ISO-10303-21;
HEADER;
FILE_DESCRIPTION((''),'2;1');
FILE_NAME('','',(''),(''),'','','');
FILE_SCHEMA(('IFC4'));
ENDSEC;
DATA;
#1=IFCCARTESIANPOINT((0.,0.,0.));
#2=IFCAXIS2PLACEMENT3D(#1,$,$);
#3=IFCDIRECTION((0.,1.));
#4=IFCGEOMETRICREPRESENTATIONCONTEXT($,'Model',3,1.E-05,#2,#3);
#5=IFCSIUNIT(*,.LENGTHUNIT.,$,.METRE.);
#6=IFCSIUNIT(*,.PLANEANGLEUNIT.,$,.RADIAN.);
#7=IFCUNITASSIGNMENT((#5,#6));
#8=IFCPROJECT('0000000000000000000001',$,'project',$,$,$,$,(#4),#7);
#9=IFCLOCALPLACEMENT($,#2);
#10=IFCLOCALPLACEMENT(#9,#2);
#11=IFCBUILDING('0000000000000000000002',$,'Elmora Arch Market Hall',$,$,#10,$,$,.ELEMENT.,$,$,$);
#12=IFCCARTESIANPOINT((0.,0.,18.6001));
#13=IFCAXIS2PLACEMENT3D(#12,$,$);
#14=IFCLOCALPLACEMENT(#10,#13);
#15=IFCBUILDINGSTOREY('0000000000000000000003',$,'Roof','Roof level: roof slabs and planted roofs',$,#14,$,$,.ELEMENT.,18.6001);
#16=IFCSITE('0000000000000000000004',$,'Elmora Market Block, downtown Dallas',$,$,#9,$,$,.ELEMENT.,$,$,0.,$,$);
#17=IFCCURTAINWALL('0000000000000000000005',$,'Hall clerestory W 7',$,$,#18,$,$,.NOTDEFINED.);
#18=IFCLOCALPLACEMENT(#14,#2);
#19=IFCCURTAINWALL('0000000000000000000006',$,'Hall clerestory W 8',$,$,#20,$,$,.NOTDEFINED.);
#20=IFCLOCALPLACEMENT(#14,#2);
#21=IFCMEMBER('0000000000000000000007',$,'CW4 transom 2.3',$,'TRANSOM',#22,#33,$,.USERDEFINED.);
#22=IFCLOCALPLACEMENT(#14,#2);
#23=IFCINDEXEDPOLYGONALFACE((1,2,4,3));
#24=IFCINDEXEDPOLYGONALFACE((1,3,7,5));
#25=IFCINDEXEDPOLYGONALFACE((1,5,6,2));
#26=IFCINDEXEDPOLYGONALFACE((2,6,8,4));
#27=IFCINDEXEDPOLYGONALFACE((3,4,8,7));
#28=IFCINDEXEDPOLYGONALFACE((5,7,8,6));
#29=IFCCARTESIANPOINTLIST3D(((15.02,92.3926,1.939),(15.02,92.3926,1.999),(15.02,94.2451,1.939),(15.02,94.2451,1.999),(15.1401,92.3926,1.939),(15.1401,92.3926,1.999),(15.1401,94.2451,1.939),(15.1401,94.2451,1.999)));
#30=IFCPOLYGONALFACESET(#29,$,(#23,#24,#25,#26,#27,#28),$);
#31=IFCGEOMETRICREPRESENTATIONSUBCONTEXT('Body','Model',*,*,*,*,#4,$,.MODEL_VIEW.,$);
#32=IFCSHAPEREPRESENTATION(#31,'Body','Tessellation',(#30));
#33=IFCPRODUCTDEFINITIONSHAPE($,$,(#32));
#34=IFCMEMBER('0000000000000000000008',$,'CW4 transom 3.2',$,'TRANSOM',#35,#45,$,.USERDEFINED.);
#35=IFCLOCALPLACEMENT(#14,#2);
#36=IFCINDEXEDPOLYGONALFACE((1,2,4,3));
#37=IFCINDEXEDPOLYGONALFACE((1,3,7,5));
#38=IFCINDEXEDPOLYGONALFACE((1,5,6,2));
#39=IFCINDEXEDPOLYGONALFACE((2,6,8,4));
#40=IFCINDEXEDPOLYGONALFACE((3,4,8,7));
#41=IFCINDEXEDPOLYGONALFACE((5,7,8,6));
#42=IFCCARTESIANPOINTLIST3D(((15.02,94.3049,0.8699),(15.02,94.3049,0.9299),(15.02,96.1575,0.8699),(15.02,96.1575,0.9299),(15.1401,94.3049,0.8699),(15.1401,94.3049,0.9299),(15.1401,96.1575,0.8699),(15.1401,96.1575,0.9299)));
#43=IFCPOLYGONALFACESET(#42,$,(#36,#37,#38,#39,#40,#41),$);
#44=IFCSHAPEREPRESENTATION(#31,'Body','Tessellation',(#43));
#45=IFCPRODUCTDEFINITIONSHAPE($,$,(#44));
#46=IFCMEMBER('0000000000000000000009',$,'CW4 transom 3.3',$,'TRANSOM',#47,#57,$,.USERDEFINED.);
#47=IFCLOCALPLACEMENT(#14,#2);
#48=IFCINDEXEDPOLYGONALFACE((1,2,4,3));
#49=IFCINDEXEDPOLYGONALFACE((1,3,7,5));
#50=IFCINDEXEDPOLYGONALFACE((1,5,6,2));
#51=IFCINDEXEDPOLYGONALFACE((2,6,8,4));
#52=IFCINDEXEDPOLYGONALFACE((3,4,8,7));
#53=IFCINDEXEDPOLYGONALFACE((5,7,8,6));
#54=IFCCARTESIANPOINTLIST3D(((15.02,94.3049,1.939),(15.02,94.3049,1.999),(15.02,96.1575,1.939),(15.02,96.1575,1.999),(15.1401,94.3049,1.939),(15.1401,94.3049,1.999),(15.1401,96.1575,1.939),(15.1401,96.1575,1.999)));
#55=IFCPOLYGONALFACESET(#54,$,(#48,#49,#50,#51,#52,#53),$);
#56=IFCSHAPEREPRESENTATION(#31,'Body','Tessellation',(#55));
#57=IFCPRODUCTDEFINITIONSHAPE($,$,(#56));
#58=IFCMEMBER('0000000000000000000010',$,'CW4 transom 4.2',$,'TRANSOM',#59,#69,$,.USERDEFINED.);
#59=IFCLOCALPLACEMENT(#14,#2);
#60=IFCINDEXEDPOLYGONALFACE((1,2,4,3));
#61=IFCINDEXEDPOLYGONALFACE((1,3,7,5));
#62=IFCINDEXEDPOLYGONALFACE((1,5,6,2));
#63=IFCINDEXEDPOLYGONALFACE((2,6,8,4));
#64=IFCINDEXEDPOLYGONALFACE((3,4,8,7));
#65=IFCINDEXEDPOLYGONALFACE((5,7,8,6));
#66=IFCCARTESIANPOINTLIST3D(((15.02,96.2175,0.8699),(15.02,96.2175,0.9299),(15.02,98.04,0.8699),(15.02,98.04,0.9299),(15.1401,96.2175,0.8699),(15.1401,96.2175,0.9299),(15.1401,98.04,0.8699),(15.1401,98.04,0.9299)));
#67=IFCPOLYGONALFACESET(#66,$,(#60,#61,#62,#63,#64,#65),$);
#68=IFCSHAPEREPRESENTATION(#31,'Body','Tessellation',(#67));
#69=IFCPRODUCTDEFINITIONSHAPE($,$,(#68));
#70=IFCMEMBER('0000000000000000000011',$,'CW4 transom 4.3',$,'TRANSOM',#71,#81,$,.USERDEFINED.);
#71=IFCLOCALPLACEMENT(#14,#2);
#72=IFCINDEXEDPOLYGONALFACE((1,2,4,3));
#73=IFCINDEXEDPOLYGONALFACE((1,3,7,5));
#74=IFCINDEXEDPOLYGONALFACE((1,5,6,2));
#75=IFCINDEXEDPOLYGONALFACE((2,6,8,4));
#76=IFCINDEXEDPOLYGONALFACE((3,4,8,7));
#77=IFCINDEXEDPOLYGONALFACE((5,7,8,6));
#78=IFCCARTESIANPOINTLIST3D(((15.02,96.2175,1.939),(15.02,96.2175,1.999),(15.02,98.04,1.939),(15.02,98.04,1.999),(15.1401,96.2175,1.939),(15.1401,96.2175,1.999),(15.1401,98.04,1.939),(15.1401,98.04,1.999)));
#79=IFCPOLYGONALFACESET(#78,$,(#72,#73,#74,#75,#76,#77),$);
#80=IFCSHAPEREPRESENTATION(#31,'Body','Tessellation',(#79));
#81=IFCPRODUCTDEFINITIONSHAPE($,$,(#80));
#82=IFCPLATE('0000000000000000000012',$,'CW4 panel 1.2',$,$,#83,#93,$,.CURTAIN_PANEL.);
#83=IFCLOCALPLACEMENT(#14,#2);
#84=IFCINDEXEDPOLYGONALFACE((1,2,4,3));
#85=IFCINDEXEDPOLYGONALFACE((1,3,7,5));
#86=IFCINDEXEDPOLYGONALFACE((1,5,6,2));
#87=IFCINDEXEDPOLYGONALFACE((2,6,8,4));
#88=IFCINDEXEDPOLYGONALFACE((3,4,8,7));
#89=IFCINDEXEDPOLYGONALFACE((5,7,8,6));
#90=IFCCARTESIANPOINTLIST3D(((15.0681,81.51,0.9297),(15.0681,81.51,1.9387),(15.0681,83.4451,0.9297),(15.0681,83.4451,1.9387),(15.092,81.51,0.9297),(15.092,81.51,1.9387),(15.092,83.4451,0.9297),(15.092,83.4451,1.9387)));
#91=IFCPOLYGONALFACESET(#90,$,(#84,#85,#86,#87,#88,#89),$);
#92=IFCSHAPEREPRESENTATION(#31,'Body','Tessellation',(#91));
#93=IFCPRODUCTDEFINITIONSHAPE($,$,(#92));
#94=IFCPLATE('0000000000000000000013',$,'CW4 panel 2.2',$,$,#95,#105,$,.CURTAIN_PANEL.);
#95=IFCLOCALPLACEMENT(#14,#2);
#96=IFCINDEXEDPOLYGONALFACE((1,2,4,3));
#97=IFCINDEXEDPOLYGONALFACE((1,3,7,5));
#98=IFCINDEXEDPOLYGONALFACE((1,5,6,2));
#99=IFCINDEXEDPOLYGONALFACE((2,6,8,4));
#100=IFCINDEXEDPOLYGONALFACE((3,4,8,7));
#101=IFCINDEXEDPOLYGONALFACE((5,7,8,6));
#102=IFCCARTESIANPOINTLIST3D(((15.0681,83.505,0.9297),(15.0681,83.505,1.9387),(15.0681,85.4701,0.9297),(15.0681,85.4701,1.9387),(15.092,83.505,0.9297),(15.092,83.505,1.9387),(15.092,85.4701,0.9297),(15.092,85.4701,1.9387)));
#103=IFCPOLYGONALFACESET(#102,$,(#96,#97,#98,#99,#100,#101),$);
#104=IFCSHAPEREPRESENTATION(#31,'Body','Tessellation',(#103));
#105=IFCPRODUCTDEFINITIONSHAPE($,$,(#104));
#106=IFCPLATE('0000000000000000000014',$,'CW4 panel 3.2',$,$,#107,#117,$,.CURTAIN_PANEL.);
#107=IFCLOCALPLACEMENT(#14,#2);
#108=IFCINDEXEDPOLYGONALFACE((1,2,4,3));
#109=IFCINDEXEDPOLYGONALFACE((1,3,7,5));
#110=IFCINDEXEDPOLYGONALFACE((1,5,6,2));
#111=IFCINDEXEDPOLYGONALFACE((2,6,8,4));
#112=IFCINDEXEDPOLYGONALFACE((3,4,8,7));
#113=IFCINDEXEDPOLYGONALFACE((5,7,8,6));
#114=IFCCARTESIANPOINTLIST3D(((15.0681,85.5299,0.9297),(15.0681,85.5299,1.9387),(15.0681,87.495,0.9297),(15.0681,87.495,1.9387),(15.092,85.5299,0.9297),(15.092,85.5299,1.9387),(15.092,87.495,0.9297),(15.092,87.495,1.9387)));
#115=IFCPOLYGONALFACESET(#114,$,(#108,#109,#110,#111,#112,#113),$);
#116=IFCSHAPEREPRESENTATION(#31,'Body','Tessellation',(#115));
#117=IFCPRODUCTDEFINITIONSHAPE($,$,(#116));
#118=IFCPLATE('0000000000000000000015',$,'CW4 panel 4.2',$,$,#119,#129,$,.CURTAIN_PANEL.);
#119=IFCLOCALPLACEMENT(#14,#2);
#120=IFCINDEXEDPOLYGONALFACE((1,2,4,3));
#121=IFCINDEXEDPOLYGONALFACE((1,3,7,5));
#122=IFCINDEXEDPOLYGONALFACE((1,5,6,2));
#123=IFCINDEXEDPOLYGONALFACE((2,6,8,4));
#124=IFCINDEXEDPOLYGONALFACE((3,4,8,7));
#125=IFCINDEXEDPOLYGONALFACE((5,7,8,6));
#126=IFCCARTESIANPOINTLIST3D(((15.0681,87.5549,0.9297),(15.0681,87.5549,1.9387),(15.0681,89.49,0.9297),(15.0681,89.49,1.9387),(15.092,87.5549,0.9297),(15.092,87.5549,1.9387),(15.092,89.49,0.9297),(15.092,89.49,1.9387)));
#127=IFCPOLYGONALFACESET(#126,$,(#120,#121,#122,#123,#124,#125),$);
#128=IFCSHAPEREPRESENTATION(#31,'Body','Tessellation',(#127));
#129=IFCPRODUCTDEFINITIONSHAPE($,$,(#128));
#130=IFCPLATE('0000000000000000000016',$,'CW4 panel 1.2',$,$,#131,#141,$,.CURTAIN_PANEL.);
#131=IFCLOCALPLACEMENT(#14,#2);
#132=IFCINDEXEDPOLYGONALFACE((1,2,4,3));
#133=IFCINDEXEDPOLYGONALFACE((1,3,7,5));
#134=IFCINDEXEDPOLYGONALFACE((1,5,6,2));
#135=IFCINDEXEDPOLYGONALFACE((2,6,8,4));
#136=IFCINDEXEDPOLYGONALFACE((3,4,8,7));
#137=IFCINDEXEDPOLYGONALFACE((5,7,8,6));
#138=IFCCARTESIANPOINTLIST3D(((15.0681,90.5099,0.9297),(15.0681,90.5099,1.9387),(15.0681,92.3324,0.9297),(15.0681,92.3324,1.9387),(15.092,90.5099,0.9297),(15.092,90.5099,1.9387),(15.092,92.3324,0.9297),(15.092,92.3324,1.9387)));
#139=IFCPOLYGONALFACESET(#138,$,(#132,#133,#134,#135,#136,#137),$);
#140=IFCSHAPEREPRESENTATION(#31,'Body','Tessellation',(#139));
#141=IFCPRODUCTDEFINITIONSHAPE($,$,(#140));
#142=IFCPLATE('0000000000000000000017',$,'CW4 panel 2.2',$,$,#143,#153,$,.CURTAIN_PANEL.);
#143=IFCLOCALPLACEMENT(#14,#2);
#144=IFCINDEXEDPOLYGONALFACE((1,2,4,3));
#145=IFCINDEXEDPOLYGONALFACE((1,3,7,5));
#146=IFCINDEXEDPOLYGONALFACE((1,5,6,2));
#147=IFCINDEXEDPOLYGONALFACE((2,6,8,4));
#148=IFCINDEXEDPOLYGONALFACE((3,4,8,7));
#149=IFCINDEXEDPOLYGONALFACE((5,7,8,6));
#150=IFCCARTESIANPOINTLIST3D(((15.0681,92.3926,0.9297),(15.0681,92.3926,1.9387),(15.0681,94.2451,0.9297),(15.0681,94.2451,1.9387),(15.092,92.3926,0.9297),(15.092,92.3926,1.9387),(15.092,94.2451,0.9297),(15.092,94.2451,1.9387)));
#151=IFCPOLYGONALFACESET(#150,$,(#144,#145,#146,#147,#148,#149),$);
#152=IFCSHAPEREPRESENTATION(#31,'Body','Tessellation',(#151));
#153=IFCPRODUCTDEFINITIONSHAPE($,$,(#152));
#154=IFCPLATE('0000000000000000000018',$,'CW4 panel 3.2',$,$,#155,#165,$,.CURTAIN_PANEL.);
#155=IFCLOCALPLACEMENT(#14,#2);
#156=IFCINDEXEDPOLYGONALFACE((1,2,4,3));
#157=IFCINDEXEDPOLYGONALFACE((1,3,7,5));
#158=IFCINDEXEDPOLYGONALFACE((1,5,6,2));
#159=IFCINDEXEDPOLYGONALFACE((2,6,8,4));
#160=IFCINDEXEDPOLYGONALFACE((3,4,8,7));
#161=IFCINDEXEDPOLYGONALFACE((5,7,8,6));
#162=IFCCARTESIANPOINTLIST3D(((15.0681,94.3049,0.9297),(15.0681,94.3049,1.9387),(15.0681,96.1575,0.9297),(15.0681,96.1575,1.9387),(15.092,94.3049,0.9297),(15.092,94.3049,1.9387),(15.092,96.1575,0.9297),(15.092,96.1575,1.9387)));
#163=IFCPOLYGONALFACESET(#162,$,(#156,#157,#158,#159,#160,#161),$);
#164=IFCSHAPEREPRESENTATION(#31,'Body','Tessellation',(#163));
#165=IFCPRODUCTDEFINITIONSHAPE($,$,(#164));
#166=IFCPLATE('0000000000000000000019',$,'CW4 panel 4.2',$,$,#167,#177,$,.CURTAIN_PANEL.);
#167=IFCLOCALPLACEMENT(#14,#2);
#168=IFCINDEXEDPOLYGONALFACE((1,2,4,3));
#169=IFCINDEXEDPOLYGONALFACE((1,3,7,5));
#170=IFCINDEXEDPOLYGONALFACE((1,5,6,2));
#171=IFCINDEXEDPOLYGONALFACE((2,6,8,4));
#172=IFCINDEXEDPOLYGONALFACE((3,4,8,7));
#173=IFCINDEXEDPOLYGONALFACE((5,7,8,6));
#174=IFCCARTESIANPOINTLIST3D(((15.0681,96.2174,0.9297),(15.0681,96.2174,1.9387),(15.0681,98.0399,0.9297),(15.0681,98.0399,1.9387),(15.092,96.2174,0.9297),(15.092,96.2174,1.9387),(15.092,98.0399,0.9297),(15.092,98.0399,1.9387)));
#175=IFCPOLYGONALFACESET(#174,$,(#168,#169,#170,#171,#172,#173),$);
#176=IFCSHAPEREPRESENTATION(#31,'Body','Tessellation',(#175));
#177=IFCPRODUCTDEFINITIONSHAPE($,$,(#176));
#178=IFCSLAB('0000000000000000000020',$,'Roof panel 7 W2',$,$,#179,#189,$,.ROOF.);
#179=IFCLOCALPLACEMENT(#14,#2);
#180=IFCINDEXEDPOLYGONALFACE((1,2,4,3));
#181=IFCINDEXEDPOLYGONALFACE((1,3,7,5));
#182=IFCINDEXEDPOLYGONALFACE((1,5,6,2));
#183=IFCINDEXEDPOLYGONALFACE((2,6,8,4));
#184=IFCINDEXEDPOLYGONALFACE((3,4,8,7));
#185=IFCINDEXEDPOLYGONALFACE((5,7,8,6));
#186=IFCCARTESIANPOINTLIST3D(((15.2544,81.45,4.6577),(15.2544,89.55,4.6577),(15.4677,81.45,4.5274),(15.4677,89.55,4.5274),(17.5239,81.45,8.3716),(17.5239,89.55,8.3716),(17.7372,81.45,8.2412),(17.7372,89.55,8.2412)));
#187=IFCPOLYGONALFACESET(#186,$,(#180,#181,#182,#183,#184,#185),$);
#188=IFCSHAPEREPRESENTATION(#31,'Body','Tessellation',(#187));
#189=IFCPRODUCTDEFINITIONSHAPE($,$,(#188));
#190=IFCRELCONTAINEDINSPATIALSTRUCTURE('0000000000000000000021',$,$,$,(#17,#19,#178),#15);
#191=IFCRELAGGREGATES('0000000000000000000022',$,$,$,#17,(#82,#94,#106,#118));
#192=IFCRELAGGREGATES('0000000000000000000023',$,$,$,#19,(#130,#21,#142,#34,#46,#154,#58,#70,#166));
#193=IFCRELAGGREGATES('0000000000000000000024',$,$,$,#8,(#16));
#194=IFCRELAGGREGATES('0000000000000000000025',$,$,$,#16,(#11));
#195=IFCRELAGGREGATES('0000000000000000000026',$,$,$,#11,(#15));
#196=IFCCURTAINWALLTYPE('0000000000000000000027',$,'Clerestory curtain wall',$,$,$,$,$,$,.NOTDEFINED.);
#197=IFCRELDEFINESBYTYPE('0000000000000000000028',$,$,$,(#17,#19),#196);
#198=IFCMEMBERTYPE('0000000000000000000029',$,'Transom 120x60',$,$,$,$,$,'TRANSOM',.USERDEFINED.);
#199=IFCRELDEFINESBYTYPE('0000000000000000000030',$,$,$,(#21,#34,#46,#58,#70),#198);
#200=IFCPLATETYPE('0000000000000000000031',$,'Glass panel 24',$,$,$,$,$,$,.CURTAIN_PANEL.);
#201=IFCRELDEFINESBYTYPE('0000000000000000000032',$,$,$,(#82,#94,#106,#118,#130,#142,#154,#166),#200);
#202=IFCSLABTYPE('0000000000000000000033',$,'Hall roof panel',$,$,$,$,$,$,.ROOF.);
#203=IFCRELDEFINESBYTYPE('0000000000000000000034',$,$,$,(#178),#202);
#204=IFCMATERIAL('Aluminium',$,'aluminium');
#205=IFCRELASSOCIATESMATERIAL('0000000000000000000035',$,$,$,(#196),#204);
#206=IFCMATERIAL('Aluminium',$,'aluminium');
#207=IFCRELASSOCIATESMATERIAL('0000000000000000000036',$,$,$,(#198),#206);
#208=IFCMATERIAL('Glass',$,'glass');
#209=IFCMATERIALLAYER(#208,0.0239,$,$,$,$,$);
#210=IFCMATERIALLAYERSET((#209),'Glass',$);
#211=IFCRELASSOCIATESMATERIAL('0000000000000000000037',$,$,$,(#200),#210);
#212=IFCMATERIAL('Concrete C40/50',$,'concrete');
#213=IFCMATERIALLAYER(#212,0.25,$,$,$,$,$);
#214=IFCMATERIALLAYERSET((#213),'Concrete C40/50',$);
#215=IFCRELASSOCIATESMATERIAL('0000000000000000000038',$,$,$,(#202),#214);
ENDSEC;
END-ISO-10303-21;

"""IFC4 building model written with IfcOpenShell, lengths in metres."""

from ifc_helpers import new_model, si_unit, direction, frame, origin, origin_2d, place, context, subcontext, project, spatial, polyline, rectangle, outline, extrude, material, layer, layer_set, material_profile, profile_set, type_object, element, aggregate, save


model = new_model("IFC4")

# Units and contexts
model_context = context("Model", 3, precision=1e-05, world=origin(), true_north=direction((0.0, 1.0)))
body_context = subcontext(model_context, "Body", "Model", "MODEL_VIEW")
ifc_project = project(units=[si_unit("LENGTHUNIT", "METRE"), si_unit("PLANEANGLEUNIT", "RADIAN")], contexts=[model_context])

# Site, building, storey
site_placement = place(None, origin())
site = spatial("IfcSite", under=ifc_project, at=site_placement, Name="Elmora Market Block, downtown Dallas", CompositionType="ELEMENT", RefElevation=0.0)
building_placement = place(site_placement, origin())
building = spatial("IfcBuilding", under=site, at=building_placement, Name="Elmora Arch Market Hall", CompositionType="ELEMENT")
storey_placement = place(building_placement, frame((0.0, 0.0, 18.6001)))
storey = spatial("IfcBuildingStorey", under=building, at=storey_placement, Name="Roof", Description="Roof level: roof slabs and planted roofs", CompositionType="ELEMENT", Elevation=18.6001)

# Curtain walls, members
ifc_material_1 = material(Name="Aluminium", Category="aluminium")
curtain_wall_type = type_object("IfcCurtainWallType", Name="Clerestory curtain wall", PredefinedType="NOTDEFINED", material=ifc_material_1)
curtain_wall_1_placement = place(storey_placement, origin())
curtain_wall_1 = element("IfcCurtainWall", 1, at=curtain_wall_1_placement, inside=storey, type_object=curtain_wall_type, Name="Hall clerestory W 7", PredefinedType="NOTDEFINED")
ifc_material_2 = material(Name="Aluminium", Category="aluminium")
ifc_material_profile_1 = material_profile(ifc_material_2, rectangle(XDim=0.1201, YDim=0.0601, at=origin_2d()), Name="AL 120x60")
ifc_profile_set_1 = profile_set([ifc_material_profile_1], Name="Aluminium")
member_type = type_object("IfcMemberType", Name="Transom 120x60", ElementType="TRANSOM", PredefinedType="USERDEFINED", material=ifc_profile_set_1)
curtain_wall_2_placement = place(storey_placement, origin())
curtain_wall_2 = element("IfcCurtainWall", 2, at=curtain_wall_2_placement, inside=storey, type_object=curtain_wall_type, Name="Hall clerestory W 8", PredefinedType="NOTDEFINED")
member_1_placement = place(storey_placement, frame((15.0801, 92.3926, 1.969), z_axis=(0.0, 1.0, 0.0), x_axis=(-1.0, 0.0, 0.0)))
member_1 = element("IfcMember", 3, at=member_1_placement, type_object=member_type, Name="CW4 transom 2.3", ObjectType="TRANSOM", PredefinedType="USERDEFINED", context=body_context, shape_type="SweptSolid", body=[
    extrude(rectangle(XDim=0.1201, YDim=0.0601, at=origin_2d()), origin(), (0.0, 0.0, 1.0), 1.8525),
])
member_2_placement = place(storey_placement, frame((15.0801, 94.3049, 0.8999), z_axis=(0.0, 1.0, 0.0), x_axis=(-1.0, 0.0, 0.0)))
member_2 = element("IfcMember", 4, at=member_2_placement, type_object=member_type, Name="CW4 transom 3.2", ObjectType="TRANSOM", PredefinedType="USERDEFINED", context=body_context, shape_type="SweptSolid", body=[
    extrude(rectangle(XDim=0.1201, YDim=0.0601, at=origin_2d()), origin(), (0.0, 0.0, 1.0), 1.8525),
])
member_3_placement = place(storey_placement, frame((15.0801, 94.3049, 1.969), z_axis=(0.0, 1.0, 0.0), x_axis=(-1.0, 0.0, 0.0)))
member_3 = element("IfcMember", 5, at=member_3_placement, type_object=member_type, Name="CW4 transom 3.3", ObjectType="TRANSOM", PredefinedType="USERDEFINED", context=body_context, shape_type="SweptSolid", body=[
    extrude(rectangle(XDim=0.1201, YDim=0.0601, at=origin_2d()), origin(), (0.0, 0.0, 1.0), 1.8525),
])
member_4_placement = place(storey_placement, frame((15.0801, 96.2175, 0.8999), z_axis=(0.0, 1.0, 0.0), x_axis=(-1.0, 0.0, 0.0)))
member_4 = element("IfcMember", 6, at=member_4_placement, type_object=member_type, Name="CW4 transom 4.2", ObjectType="TRANSOM", PredefinedType="USERDEFINED", context=body_context, shape_type="SweptSolid", body=[
    extrude(rectangle(XDim=0.1201, YDim=0.0601, at=origin_2d()), origin(), (0.0, 0.0, 1.0), 1.8225),
])
member_5_placement = place(storey_placement, frame((15.0801, 96.2175, 1.969), z_axis=(0.0, 1.0, 0.0), x_axis=(-1.0, 0.0, 0.0)))
member_5 = element("IfcMember", 7, at=member_5_placement, type_object=member_type, Name="CW4 transom 4.3", ObjectType="TRANSOM", PredefinedType="USERDEFINED", context=body_context, shape_type="SweptSolid", body=[
    extrude(rectangle(XDim=0.1201, YDim=0.0601, at=origin_2d()), origin(), (0.0, 0.0, 1.0), 1.8225),
])

# Plates
ifc_material_3 = material(Name="Glass", Category="glass")
ifc_layer_1 = layer(ifc_material_3, 0.0239)
ifc_layer_set_1 = layer_set([ifc_layer_1], Name="Glass")
plate_type = type_object("IfcPlateType", Name="Glass panel 24", PredefinedType="CURTAIN_PANEL", material=ifc_layer_set_1)
plate_1_placement = place(storey_placement, frame((15.0801, 82.4775, 0.9297), z_axis=(0.0, 0.0, 1.0), x_axis=(0.0, 1.0, 0.0)))
plate_1 = element("IfcPlate", 8, at=plate_1_placement, type_object=plate_type, Name="CW4 panel 1.2", PredefinedType="CURTAIN_PANEL", context=body_context, shape_type="SweptSolid", body=[
    extrude(rectangle(XDim=1.9351, YDim=0.0239, at=origin_2d()), origin(), (0.0, 0.0, 1.0), 1.009),
])
plate_2_placement = place(storey_placement, frame((15.0801, 84.4875, 0.9297), z_axis=(0.0, 0.0, 1.0), x_axis=(0.0, 1.0, 0.0)))
plate_2 = element("IfcPlate", 9, at=plate_2_placement, type_object=plate_type, Name="CW4 panel 2.2", PredefinedType="CURTAIN_PANEL", context=body_context, shape_type="SweptSolid", body=[
    extrude(rectangle(XDim=1.9651, YDim=0.0239, at=origin_2d()), origin(), (0.0, 0.0, 1.0), 1.009),
])
plate_3_placement = place(storey_placement, frame((15.0801, 86.5125, 0.9297), z_axis=(0.0, 0.0, 1.0), x_axis=(0.0, 1.0, 0.0)))
plate_3 = element("IfcPlate", 10, at=plate_3_placement, type_object=plate_type, Name="CW4 panel 3.2", PredefinedType="CURTAIN_PANEL", context=body_context, shape_type="SweptSolid", body=[
    extrude(rectangle(XDim=1.9651, YDim=0.0239, at=origin_2d()), origin(), (0.0, 0.0, 1.0), 1.009),
])
plate_4_placement = place(storey_placement, frame((15.0801, 88.5225, 0.9297), z_axis=(0.0, 0.0, 1.0), x_axis=(0.0, 1.0, 0.0)))
plate_4 = element("IfcPlate", 11, at=plate_4_placement, type_object=plate_type, Name="CW4 panel 4.2", PredefinedType="CURTAIN_PANEL", context=body_context, shape_type="SweptSolid", body=[
    extrude(rectangle(XDim=1.9351, YDim=0.0239, at=origin_2d()), origin(), (0.0, 0.0, 1.0), 1.009),
])
aggregate(curtain_wall_1, [plate_1, plate_2, plate_3, plate_4])
plate_5_placement = place(storey_placement, frame((15.0801, 91.4211, 0.9297), z_axis=(0.0, 0.0, 1.0), x_axis=(0.0, 1.0, 0.0)))
plate_5 = element("IfcPlate", 12, at=plate_5_placement, type_object=plate_type, Name="CW4 panel 1.2", PredefinedType="CURTAIN_PANEL", context=body_context, shape_type="SweptSolid", body=[
    extrude(rectangle(XDim=1.8225, YDim=0.0239, at=origin_2d()), origin(), (0.0, 0.0, 1.0), 1.009),
])
plate_6_placement = place(storey_placement, frame((15.0801, 93.3188, 0.9297), z_axis=(0.0, 0.0, 1.0), x_axis=(0.0, 1.0, 0.0)))
plate_6 = element("IfcPlate", 13, at=plate_6_placement, type_object=plate_type, Name="CW4 panel 2.2", PredefinedType="CURTAIN_PANEL", context=body_context, shape_type="SweptSolid", body=[
    extrude(rectangle(XDim=1.8525, YDim=0.0239, at=origin_2d()), origin(), (0.0, 0.0, 1.0), 1.009),
])
plate_7_placement = place(storey_placement, frame((15.0801, 95.2312, 0.9297), z_axis=(0.0, 0.0, 1.0), x_axis=(0.0, 1.0, 0.0)))
plate_7 = element("IfcPlate", 14, at=plate_7_placement, type_object=plate_type, Name="CW4 panel 3.2", PredefinedType="CURTAIN_PANEL", context=body_context, shape_type="SweptSolid", body=[
    extrude(rectangle(XDim=1.8525, YDim=0.0239, at=origin_2d()), origin(), (0.0, 0.0, 1.0), 1.009),
])
plate_8_placement = place(storey_placement, frame((15.0801, 97.1287, 0.9297), z_axis=(0.0, 0.0, 1.0), x_axis=(0.0, 1.0, 0.0)))
plate_8 = element("IfcPlate", 15, at=plate_8_placement, type_object=plate_type, Name="CW4 panel 4.2", PredefinedType="CURTAIN_PANEL", context=body_context, shape_type="SweptSolid", body=[
    extrude(rectangle(XDim=1.8225, YDim=0.0239, at=origin_2d()), origin(), (0.0, 0.0, 1.0), 1.009),
])
aggregate(curtain_wall_2, [plate_5, member_1, plate_6, member_2, member_3, plate_7, member_4, member_5, plate_8])

# Slab
ifc_material_4 = material(Name="Concrete C40/50", Category="concrete")
ifc_layer_2 = layer(ifc_material_4, 0.25)
ifc_layer_set_2 = layer_set([ifc_layer_2], Name="Concrete C40/50")
slab_type = type_object("IfcSlabType", Name="Hall roof panel", PredefinedType="ROOF", material=ifc_layer_set_2)
slab_1_placement = place(storey_placement, frame((15.2544, 81.45, 4.6577), z_axis=(-0.853287, 0.0, 0.521441), x_axis=(0.0, 1.0, 0.0)))
element("IfcSlab", 16, at=slab_1_placement, inside=storey, type_object=slab_type, Name="Roof panel 7 W2", PredefinedType="ROOF", context=body_context, shape_type="SweptSolid", body=[
    extrude(outline(polyline([(0.0, 0.0), (8.1001, 0.0), (8.1001, -4.3524), (0.0, -4.3524), (0.0, 0.0)])), origin(), (0.0, 0.0, -1.0), 0.25),
])

save(model, "model.ifc")
